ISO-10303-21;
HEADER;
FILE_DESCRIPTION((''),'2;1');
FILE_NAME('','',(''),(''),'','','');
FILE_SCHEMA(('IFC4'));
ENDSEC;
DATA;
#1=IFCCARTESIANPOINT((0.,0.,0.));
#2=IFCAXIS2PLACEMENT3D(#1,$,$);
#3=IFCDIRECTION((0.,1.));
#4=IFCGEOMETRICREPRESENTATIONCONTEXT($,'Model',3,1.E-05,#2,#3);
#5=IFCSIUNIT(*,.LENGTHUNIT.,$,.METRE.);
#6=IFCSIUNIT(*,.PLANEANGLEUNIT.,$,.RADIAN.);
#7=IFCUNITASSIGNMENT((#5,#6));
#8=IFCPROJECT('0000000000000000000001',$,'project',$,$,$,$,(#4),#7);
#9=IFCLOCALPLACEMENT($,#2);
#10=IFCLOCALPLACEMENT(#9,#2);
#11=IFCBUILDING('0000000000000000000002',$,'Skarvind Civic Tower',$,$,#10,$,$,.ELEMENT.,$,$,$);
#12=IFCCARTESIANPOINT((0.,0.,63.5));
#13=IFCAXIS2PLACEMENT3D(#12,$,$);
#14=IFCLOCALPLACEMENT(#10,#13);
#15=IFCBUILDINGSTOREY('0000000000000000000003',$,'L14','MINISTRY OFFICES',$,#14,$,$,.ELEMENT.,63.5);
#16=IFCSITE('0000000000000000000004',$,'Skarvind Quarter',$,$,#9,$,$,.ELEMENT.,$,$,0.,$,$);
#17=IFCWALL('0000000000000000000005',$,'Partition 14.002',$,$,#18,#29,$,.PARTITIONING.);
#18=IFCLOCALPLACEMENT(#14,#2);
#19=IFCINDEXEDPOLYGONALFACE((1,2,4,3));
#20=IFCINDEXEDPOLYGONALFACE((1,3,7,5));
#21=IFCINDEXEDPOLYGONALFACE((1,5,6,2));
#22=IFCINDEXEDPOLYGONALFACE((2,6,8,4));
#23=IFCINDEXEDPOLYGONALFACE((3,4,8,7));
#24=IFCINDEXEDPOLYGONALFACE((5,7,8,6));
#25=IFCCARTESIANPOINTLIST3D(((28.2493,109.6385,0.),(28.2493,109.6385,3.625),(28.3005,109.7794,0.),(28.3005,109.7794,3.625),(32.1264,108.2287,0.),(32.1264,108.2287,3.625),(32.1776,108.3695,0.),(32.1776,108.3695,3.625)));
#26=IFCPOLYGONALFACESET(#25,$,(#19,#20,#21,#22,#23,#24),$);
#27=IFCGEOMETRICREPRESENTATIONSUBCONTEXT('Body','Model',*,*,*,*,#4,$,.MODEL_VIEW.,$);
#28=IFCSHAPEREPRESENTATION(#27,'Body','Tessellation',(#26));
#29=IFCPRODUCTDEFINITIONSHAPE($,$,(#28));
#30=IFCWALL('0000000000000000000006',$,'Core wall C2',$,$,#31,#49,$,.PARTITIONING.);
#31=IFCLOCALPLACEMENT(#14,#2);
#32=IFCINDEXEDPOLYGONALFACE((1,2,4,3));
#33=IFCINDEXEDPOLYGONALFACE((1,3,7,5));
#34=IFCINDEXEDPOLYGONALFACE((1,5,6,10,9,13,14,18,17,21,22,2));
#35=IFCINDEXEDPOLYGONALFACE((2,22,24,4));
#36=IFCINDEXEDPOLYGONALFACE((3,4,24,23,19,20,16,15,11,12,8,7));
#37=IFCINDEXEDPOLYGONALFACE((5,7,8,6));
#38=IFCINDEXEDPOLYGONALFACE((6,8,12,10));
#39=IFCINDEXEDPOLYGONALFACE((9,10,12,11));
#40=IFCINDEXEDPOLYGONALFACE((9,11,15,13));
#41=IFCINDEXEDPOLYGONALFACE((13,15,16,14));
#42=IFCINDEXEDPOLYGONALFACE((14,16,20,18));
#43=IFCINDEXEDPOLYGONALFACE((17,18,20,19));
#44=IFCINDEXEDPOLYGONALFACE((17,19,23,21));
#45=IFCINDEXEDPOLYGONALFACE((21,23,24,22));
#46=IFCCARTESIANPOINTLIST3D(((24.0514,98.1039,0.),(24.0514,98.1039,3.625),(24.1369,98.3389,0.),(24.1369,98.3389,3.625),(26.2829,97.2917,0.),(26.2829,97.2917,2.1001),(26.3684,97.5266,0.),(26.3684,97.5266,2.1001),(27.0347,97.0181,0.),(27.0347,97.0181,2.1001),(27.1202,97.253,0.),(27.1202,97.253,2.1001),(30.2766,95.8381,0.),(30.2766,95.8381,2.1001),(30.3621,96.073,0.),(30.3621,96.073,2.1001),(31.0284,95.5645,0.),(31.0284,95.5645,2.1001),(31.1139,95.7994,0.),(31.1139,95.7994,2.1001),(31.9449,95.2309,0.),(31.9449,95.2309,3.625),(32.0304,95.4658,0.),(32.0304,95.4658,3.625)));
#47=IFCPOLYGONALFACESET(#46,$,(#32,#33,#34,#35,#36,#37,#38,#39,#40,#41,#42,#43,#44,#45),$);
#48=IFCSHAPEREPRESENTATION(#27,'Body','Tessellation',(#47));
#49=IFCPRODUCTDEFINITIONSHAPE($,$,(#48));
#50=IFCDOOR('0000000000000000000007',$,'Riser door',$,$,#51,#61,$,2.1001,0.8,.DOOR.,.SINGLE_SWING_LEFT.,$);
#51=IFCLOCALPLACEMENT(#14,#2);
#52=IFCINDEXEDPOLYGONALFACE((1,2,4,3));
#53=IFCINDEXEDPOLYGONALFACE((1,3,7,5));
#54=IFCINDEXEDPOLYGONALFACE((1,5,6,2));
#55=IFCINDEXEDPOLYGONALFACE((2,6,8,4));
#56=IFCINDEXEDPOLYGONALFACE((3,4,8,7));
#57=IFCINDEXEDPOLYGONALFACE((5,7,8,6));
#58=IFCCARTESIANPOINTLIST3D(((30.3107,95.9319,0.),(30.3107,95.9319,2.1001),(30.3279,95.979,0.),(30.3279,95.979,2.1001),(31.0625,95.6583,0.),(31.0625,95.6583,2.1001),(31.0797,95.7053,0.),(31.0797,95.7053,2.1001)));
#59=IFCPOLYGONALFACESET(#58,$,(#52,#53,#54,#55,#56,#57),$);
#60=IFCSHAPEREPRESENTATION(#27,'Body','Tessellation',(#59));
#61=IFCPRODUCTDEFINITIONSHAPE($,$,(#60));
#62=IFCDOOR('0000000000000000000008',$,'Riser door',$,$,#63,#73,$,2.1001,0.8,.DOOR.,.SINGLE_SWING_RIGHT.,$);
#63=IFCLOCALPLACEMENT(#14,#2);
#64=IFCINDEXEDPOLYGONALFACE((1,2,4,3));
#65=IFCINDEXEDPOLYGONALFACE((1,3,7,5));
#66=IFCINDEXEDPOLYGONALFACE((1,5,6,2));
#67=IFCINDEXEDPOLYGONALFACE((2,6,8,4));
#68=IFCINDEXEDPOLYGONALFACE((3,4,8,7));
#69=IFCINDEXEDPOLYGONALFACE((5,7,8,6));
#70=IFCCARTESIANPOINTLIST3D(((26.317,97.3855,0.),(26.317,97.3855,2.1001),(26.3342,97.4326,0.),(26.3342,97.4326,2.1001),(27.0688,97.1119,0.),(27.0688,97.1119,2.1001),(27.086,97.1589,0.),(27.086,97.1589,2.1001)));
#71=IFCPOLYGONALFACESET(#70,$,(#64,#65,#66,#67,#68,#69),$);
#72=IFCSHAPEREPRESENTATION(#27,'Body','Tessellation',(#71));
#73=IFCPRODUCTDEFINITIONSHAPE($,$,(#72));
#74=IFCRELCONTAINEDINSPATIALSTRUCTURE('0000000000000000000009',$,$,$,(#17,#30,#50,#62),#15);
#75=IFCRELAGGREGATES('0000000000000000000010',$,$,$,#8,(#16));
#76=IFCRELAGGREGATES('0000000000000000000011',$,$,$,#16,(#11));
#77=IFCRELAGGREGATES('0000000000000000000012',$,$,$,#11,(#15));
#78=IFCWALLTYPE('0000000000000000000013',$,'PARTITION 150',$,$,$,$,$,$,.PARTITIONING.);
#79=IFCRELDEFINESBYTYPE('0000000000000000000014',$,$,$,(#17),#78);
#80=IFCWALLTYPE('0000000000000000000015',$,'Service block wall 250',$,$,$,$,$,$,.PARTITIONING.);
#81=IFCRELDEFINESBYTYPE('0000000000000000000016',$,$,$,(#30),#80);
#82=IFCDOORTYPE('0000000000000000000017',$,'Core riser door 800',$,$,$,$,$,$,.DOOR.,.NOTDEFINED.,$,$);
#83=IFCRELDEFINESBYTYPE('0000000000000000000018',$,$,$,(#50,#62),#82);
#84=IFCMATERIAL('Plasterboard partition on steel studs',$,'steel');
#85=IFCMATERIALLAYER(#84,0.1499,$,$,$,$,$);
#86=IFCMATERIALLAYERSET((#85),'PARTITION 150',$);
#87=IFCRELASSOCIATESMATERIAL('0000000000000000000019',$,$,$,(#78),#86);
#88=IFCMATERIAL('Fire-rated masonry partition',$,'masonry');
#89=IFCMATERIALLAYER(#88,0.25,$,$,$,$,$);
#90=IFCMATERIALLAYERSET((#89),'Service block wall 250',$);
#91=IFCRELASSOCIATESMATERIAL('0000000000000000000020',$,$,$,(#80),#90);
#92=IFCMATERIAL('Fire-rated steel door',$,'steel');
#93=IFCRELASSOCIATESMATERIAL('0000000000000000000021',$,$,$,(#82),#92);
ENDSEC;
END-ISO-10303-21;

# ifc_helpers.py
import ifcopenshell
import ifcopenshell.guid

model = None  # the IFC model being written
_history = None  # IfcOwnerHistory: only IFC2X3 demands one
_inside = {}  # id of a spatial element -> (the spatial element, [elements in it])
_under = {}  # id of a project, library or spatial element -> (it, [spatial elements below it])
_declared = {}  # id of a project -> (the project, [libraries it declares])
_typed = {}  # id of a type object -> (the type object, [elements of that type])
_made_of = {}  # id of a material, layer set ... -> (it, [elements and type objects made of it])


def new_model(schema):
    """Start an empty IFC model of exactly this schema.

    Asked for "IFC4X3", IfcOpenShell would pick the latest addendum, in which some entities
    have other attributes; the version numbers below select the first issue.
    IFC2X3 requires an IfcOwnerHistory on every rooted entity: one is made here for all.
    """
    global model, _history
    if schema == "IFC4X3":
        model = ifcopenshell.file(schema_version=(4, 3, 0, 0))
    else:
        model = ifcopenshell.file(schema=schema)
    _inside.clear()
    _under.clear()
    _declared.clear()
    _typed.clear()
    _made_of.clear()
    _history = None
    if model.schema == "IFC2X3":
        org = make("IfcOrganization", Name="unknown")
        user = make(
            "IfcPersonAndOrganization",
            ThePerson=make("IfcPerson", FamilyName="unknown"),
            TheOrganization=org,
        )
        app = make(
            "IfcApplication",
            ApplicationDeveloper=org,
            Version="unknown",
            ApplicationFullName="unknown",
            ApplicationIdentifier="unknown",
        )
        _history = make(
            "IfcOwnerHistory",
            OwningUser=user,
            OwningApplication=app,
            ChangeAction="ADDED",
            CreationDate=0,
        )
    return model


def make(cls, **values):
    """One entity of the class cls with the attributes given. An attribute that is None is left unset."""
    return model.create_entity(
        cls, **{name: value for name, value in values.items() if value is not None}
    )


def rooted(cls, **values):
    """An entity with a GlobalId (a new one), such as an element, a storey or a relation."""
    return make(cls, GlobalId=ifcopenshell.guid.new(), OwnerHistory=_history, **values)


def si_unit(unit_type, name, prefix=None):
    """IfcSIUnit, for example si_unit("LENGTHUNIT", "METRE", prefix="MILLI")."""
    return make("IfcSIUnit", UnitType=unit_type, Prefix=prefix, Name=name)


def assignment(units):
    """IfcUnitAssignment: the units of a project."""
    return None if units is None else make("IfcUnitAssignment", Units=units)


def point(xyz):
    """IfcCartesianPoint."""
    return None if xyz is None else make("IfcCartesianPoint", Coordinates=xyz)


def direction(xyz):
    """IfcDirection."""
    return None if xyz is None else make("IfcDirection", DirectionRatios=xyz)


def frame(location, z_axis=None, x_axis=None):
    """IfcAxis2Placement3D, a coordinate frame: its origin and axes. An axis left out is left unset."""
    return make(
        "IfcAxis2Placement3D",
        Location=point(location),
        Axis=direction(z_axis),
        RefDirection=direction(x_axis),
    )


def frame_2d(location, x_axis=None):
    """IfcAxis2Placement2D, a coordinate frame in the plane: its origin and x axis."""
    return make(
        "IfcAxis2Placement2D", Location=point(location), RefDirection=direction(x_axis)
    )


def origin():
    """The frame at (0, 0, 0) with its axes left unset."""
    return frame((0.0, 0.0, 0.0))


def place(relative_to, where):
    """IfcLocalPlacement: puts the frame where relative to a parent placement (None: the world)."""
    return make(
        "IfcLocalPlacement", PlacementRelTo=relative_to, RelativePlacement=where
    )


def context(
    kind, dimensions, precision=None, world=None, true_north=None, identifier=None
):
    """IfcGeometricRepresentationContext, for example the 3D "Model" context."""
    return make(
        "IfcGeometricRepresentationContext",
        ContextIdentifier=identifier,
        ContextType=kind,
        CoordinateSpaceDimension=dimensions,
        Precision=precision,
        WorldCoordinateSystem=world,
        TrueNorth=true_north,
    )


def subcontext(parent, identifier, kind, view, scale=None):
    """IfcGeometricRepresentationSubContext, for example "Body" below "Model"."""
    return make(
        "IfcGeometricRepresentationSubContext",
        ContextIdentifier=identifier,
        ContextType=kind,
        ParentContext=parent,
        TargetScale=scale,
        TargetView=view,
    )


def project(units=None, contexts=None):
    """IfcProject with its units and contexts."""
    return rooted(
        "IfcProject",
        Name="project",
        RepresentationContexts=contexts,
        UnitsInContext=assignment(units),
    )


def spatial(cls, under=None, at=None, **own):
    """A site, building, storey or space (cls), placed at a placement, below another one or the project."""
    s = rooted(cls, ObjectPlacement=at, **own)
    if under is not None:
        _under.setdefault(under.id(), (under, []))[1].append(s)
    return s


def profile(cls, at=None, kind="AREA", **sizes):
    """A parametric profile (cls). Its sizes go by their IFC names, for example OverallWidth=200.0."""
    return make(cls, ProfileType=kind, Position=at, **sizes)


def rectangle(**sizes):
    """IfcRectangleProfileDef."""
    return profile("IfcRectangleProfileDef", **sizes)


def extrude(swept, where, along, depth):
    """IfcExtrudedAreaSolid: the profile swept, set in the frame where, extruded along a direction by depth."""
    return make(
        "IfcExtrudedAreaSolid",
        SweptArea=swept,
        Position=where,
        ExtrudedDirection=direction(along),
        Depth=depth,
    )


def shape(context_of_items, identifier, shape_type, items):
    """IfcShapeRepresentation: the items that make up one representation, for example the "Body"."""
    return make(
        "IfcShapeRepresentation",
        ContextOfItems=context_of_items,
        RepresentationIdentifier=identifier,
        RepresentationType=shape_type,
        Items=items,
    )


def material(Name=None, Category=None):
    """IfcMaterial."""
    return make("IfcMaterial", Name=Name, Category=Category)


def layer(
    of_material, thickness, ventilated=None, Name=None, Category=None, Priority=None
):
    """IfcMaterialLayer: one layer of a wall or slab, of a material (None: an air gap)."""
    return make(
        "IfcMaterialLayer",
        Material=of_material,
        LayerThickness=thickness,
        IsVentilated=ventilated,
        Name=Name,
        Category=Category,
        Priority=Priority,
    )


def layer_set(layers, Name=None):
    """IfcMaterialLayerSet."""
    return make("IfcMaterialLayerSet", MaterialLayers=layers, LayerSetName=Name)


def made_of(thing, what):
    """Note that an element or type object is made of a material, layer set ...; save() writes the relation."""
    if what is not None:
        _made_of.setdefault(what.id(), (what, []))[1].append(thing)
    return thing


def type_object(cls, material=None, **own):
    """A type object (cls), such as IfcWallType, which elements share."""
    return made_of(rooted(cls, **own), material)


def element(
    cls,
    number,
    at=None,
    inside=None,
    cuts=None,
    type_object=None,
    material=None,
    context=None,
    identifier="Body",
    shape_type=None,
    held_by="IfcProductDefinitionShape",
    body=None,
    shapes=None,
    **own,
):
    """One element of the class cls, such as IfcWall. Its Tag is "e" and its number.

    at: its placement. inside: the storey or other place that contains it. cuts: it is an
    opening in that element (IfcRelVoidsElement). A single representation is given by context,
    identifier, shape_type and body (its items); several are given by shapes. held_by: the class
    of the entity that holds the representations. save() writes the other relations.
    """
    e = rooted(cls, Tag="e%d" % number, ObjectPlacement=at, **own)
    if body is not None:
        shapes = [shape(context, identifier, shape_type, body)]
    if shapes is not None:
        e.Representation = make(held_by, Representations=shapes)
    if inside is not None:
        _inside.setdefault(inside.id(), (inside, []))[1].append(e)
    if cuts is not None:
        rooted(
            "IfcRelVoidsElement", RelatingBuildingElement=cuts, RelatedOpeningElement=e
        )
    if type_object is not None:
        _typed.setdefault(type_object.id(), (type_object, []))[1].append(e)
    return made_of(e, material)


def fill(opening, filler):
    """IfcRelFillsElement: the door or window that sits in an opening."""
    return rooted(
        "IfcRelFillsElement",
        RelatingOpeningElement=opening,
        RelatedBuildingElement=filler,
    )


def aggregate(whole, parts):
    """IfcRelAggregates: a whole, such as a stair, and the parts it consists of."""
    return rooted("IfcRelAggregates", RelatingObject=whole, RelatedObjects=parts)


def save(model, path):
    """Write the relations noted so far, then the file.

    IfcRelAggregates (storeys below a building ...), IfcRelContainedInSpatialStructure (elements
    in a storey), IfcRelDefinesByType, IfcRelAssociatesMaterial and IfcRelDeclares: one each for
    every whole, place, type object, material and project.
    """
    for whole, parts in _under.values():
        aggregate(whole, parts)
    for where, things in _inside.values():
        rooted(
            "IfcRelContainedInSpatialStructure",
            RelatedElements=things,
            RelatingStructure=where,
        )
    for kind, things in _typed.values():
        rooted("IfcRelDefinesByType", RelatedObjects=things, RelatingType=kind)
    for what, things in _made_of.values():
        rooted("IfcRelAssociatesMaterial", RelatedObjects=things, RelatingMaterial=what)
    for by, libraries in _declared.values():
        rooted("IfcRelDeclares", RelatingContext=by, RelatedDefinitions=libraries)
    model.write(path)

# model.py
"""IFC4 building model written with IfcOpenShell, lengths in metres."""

from ifc_helpers import new_model, si_unit, direction, frame, frame_2d, origin, place, context, subcontext, project, spatial, rectangle, extrude, material, layer, layer_set, type_object, element, fill, save


model = new_model("IFC4")

# Units and contexts
model_context = context("Model", 3, precision=1e-05, world=origin(), true_north=direction((0.0, 1.0)))
body_context = subcontext(model_context, "Body", "Model", "MODEL_VIEW")
ifc_project = project(units=[si_unit("LENGTHUNIT", "METRE"), si_unit("PLANEANGLEUNIT", "RADIAN")], contexts=[model_context])

# Site, building, storey
site_placement = place(None, origin())
site = spatial("IfcSite", under=ifc_project, at=site_placement, Name="Skarvind Quarter", CompositionType="ELEMENT", RefElevation=0.0)
building_placement = place(site_placement, origin())
building = spatial("IfcBuilding", under=site, at=building_placement, Name="Skarvind Civic Tower", CompositionType="ELEMENT")
storey_placement = place(building_placement, frame((0.0, 0.0, 63.5)))
storey = spatial("IfcBuildingStorey", under=building, at=storey_placement, Name="L14", Description="MINISTRY OFFICES", CompositionType="ELEMENT", Elevation=63.5)

# Shared definitions
ifc_material_1 = material(Name="Fire-rated masonry partition", Category="masonry")
ifc_material_2 = material(Name="Fire-rated steel door", Category="steel")

# Wall
ifc_material_3 = material(Name="Plasterboard partition on steel studs", Category="steel")
ifc_layer_1 = layer(ifc_material_3, 0.1499)
ifc_layer_set_1 = layer_set([ifc_layer_1], Name="PARTITION 150")
wall_type_1 = type_object("IfcWallType", Name="PARTITION 150", PredefinedType="PARTITIONING", material=ifc_layer_set_1)
wall_1_placement = place(storey_placement, frame((28.2749, 109.709, 0.0), z_axis=(0.0, 0.0, 1.0), x_axis=(0.939792, -0.341748, 0.0)))
element("IfcWall", 1, at=wall_1_placement, inside=storey, type_object=wall_type_1, Name="Partition 14.002", PredefinedType="PARTITIONING", context=body_context, shape_type="SweptSolid", body=[
    extrude(rectangle(XDim=4.1255, YDim=0.1499, at=frame_2d((2.0627, 0.0))), origin(), (0.0, 0.0, 1.0), 3.625),
])

# Wall, openings, doors
ifc_layer_2 = layer(ifc_material_1, 0.25)
ifc_layer_set_2 = layer_set([ifc_layer_2], Name="Service block wall 250")
wall_type_2 = type_object("IfcWallType", Name="Service block wall 250", PredefinedType="PARTITIONING", material=ifc_layer_set_2)
wall_2_placement = place(storey_placement, frame((24.094, 98.2214, 0.0), z_axis=(0.0, 0.0, 1.0), x_axis=(0.939692, -0.342023, 0.0)))
wall_2 = element("IfcWall", 2, at=wall_2_placement, inside=storey, type_object=wall_type_2, Name="Core wall C2", PredefinedType="PARTITIONING", context=body_context, shape_type="SweptSolid", body=[
    extrude(rectangle(XDim=8.4001, YDim=0.25, at=frame_2d((4.2002, 0.0))), origin(), (0.0, 0.0, 1.0), 3.625),
])
opening_1_placement = place(wall_2_placement, frame((6.625, 0.0, 0.0)))
opening_1 = element("IfcOpeningElement", 3, at=opening_1_placement, cuts=wall_2, PredefinedType="OPENING", context=body_context, shape_type="SweptSolid", body=[
    extrude(rectangle(XDim=0.8, YDim=2.1001, at=frame_2d((0.3999, 1.05))), frame((0.0, 0.135, 0.0), z_axis=(0.0, -1.0, 0.0), x_axis=(1.0, 0.0, 0.0)), (0.0, 0.0, 1.0), 0.27),
])
opening_2_placement = place(wall_2_placement, frame((2.375, 0.0, 0.0)))
opening_2 = element("IfcOpeningElement", 4, at=opening_2_placement, cuts=wall_2, PredefinedType="OPENING", context=body_context, shape_type="SweptSolid", body=[
    extrude(rectangle(XDim=0.8, YDim=2.1001, at=frame_2d((0.3999, 1.05))), frame((0.0, 0.135, 0.0), z_axis=(0.0, -1.0, 0.0), x_axis=(1.0, 0.0, 0.0)), (0.0, 0.0, 1.0), 0.27),
])
door_type_1 = type_object("IfcDoorType", Name="Core riser door 800", OperationType="NOTDEFINED", PredefinedType="DOOR", material=ifc_material_2)
door_1_placement = place(opening_1_placement, origin())
door_1 = element("IfcDoor", 5, at=door_1_placement, inside=storey, type_object=door_type_1, Name="Riser door", OperationType="SINGLE_SWING_LEFT", OverallHeight=2.1001, OverallWidth=0.8, PredefinedType="DOOR", context=body_context, shape_type="SweptSolid", body=[
    extrude(rectangle(XDim=0.8, YDim=2.1001, at=frame_2d((0.3999, 1.05))), frame((0.0, 0.0249, 0.0), z_axis=(0.0, -1.0, 0.0), x_axis=(1.0, 0.0, 0.0)), (0.0, 0.0, 1.0), 0.05),
])
fill(opening_1, door_1)
door_2_placement = place(opening_2_placement, origin())
door_2 = element("IfcDoor", 6, at=door_2_placement, inside=storey, type_object=door_type_1, Name="Riser door", OperationType="SINGLE_SWING_RIGHT", OverallHeight=2.1001, OverallWidth=0.8, PredefinedType="DOOR", context=body_context, shape_type="SweptSolid", body=[
    extrude(rectangle(XDim=0.8, YDim=2.1001, at=frame_2d((0.3999, 1.05))), frame((0.0, 0.0249, 0.0), z_axis=(0.0, -1.0, 0.0), x_axis=(1.0, 0.0, 0.0)), (0.0, 0.0, 1.0), 0.05),
])
fill(opening_2, door_2)

save(model, "model.ifc")
